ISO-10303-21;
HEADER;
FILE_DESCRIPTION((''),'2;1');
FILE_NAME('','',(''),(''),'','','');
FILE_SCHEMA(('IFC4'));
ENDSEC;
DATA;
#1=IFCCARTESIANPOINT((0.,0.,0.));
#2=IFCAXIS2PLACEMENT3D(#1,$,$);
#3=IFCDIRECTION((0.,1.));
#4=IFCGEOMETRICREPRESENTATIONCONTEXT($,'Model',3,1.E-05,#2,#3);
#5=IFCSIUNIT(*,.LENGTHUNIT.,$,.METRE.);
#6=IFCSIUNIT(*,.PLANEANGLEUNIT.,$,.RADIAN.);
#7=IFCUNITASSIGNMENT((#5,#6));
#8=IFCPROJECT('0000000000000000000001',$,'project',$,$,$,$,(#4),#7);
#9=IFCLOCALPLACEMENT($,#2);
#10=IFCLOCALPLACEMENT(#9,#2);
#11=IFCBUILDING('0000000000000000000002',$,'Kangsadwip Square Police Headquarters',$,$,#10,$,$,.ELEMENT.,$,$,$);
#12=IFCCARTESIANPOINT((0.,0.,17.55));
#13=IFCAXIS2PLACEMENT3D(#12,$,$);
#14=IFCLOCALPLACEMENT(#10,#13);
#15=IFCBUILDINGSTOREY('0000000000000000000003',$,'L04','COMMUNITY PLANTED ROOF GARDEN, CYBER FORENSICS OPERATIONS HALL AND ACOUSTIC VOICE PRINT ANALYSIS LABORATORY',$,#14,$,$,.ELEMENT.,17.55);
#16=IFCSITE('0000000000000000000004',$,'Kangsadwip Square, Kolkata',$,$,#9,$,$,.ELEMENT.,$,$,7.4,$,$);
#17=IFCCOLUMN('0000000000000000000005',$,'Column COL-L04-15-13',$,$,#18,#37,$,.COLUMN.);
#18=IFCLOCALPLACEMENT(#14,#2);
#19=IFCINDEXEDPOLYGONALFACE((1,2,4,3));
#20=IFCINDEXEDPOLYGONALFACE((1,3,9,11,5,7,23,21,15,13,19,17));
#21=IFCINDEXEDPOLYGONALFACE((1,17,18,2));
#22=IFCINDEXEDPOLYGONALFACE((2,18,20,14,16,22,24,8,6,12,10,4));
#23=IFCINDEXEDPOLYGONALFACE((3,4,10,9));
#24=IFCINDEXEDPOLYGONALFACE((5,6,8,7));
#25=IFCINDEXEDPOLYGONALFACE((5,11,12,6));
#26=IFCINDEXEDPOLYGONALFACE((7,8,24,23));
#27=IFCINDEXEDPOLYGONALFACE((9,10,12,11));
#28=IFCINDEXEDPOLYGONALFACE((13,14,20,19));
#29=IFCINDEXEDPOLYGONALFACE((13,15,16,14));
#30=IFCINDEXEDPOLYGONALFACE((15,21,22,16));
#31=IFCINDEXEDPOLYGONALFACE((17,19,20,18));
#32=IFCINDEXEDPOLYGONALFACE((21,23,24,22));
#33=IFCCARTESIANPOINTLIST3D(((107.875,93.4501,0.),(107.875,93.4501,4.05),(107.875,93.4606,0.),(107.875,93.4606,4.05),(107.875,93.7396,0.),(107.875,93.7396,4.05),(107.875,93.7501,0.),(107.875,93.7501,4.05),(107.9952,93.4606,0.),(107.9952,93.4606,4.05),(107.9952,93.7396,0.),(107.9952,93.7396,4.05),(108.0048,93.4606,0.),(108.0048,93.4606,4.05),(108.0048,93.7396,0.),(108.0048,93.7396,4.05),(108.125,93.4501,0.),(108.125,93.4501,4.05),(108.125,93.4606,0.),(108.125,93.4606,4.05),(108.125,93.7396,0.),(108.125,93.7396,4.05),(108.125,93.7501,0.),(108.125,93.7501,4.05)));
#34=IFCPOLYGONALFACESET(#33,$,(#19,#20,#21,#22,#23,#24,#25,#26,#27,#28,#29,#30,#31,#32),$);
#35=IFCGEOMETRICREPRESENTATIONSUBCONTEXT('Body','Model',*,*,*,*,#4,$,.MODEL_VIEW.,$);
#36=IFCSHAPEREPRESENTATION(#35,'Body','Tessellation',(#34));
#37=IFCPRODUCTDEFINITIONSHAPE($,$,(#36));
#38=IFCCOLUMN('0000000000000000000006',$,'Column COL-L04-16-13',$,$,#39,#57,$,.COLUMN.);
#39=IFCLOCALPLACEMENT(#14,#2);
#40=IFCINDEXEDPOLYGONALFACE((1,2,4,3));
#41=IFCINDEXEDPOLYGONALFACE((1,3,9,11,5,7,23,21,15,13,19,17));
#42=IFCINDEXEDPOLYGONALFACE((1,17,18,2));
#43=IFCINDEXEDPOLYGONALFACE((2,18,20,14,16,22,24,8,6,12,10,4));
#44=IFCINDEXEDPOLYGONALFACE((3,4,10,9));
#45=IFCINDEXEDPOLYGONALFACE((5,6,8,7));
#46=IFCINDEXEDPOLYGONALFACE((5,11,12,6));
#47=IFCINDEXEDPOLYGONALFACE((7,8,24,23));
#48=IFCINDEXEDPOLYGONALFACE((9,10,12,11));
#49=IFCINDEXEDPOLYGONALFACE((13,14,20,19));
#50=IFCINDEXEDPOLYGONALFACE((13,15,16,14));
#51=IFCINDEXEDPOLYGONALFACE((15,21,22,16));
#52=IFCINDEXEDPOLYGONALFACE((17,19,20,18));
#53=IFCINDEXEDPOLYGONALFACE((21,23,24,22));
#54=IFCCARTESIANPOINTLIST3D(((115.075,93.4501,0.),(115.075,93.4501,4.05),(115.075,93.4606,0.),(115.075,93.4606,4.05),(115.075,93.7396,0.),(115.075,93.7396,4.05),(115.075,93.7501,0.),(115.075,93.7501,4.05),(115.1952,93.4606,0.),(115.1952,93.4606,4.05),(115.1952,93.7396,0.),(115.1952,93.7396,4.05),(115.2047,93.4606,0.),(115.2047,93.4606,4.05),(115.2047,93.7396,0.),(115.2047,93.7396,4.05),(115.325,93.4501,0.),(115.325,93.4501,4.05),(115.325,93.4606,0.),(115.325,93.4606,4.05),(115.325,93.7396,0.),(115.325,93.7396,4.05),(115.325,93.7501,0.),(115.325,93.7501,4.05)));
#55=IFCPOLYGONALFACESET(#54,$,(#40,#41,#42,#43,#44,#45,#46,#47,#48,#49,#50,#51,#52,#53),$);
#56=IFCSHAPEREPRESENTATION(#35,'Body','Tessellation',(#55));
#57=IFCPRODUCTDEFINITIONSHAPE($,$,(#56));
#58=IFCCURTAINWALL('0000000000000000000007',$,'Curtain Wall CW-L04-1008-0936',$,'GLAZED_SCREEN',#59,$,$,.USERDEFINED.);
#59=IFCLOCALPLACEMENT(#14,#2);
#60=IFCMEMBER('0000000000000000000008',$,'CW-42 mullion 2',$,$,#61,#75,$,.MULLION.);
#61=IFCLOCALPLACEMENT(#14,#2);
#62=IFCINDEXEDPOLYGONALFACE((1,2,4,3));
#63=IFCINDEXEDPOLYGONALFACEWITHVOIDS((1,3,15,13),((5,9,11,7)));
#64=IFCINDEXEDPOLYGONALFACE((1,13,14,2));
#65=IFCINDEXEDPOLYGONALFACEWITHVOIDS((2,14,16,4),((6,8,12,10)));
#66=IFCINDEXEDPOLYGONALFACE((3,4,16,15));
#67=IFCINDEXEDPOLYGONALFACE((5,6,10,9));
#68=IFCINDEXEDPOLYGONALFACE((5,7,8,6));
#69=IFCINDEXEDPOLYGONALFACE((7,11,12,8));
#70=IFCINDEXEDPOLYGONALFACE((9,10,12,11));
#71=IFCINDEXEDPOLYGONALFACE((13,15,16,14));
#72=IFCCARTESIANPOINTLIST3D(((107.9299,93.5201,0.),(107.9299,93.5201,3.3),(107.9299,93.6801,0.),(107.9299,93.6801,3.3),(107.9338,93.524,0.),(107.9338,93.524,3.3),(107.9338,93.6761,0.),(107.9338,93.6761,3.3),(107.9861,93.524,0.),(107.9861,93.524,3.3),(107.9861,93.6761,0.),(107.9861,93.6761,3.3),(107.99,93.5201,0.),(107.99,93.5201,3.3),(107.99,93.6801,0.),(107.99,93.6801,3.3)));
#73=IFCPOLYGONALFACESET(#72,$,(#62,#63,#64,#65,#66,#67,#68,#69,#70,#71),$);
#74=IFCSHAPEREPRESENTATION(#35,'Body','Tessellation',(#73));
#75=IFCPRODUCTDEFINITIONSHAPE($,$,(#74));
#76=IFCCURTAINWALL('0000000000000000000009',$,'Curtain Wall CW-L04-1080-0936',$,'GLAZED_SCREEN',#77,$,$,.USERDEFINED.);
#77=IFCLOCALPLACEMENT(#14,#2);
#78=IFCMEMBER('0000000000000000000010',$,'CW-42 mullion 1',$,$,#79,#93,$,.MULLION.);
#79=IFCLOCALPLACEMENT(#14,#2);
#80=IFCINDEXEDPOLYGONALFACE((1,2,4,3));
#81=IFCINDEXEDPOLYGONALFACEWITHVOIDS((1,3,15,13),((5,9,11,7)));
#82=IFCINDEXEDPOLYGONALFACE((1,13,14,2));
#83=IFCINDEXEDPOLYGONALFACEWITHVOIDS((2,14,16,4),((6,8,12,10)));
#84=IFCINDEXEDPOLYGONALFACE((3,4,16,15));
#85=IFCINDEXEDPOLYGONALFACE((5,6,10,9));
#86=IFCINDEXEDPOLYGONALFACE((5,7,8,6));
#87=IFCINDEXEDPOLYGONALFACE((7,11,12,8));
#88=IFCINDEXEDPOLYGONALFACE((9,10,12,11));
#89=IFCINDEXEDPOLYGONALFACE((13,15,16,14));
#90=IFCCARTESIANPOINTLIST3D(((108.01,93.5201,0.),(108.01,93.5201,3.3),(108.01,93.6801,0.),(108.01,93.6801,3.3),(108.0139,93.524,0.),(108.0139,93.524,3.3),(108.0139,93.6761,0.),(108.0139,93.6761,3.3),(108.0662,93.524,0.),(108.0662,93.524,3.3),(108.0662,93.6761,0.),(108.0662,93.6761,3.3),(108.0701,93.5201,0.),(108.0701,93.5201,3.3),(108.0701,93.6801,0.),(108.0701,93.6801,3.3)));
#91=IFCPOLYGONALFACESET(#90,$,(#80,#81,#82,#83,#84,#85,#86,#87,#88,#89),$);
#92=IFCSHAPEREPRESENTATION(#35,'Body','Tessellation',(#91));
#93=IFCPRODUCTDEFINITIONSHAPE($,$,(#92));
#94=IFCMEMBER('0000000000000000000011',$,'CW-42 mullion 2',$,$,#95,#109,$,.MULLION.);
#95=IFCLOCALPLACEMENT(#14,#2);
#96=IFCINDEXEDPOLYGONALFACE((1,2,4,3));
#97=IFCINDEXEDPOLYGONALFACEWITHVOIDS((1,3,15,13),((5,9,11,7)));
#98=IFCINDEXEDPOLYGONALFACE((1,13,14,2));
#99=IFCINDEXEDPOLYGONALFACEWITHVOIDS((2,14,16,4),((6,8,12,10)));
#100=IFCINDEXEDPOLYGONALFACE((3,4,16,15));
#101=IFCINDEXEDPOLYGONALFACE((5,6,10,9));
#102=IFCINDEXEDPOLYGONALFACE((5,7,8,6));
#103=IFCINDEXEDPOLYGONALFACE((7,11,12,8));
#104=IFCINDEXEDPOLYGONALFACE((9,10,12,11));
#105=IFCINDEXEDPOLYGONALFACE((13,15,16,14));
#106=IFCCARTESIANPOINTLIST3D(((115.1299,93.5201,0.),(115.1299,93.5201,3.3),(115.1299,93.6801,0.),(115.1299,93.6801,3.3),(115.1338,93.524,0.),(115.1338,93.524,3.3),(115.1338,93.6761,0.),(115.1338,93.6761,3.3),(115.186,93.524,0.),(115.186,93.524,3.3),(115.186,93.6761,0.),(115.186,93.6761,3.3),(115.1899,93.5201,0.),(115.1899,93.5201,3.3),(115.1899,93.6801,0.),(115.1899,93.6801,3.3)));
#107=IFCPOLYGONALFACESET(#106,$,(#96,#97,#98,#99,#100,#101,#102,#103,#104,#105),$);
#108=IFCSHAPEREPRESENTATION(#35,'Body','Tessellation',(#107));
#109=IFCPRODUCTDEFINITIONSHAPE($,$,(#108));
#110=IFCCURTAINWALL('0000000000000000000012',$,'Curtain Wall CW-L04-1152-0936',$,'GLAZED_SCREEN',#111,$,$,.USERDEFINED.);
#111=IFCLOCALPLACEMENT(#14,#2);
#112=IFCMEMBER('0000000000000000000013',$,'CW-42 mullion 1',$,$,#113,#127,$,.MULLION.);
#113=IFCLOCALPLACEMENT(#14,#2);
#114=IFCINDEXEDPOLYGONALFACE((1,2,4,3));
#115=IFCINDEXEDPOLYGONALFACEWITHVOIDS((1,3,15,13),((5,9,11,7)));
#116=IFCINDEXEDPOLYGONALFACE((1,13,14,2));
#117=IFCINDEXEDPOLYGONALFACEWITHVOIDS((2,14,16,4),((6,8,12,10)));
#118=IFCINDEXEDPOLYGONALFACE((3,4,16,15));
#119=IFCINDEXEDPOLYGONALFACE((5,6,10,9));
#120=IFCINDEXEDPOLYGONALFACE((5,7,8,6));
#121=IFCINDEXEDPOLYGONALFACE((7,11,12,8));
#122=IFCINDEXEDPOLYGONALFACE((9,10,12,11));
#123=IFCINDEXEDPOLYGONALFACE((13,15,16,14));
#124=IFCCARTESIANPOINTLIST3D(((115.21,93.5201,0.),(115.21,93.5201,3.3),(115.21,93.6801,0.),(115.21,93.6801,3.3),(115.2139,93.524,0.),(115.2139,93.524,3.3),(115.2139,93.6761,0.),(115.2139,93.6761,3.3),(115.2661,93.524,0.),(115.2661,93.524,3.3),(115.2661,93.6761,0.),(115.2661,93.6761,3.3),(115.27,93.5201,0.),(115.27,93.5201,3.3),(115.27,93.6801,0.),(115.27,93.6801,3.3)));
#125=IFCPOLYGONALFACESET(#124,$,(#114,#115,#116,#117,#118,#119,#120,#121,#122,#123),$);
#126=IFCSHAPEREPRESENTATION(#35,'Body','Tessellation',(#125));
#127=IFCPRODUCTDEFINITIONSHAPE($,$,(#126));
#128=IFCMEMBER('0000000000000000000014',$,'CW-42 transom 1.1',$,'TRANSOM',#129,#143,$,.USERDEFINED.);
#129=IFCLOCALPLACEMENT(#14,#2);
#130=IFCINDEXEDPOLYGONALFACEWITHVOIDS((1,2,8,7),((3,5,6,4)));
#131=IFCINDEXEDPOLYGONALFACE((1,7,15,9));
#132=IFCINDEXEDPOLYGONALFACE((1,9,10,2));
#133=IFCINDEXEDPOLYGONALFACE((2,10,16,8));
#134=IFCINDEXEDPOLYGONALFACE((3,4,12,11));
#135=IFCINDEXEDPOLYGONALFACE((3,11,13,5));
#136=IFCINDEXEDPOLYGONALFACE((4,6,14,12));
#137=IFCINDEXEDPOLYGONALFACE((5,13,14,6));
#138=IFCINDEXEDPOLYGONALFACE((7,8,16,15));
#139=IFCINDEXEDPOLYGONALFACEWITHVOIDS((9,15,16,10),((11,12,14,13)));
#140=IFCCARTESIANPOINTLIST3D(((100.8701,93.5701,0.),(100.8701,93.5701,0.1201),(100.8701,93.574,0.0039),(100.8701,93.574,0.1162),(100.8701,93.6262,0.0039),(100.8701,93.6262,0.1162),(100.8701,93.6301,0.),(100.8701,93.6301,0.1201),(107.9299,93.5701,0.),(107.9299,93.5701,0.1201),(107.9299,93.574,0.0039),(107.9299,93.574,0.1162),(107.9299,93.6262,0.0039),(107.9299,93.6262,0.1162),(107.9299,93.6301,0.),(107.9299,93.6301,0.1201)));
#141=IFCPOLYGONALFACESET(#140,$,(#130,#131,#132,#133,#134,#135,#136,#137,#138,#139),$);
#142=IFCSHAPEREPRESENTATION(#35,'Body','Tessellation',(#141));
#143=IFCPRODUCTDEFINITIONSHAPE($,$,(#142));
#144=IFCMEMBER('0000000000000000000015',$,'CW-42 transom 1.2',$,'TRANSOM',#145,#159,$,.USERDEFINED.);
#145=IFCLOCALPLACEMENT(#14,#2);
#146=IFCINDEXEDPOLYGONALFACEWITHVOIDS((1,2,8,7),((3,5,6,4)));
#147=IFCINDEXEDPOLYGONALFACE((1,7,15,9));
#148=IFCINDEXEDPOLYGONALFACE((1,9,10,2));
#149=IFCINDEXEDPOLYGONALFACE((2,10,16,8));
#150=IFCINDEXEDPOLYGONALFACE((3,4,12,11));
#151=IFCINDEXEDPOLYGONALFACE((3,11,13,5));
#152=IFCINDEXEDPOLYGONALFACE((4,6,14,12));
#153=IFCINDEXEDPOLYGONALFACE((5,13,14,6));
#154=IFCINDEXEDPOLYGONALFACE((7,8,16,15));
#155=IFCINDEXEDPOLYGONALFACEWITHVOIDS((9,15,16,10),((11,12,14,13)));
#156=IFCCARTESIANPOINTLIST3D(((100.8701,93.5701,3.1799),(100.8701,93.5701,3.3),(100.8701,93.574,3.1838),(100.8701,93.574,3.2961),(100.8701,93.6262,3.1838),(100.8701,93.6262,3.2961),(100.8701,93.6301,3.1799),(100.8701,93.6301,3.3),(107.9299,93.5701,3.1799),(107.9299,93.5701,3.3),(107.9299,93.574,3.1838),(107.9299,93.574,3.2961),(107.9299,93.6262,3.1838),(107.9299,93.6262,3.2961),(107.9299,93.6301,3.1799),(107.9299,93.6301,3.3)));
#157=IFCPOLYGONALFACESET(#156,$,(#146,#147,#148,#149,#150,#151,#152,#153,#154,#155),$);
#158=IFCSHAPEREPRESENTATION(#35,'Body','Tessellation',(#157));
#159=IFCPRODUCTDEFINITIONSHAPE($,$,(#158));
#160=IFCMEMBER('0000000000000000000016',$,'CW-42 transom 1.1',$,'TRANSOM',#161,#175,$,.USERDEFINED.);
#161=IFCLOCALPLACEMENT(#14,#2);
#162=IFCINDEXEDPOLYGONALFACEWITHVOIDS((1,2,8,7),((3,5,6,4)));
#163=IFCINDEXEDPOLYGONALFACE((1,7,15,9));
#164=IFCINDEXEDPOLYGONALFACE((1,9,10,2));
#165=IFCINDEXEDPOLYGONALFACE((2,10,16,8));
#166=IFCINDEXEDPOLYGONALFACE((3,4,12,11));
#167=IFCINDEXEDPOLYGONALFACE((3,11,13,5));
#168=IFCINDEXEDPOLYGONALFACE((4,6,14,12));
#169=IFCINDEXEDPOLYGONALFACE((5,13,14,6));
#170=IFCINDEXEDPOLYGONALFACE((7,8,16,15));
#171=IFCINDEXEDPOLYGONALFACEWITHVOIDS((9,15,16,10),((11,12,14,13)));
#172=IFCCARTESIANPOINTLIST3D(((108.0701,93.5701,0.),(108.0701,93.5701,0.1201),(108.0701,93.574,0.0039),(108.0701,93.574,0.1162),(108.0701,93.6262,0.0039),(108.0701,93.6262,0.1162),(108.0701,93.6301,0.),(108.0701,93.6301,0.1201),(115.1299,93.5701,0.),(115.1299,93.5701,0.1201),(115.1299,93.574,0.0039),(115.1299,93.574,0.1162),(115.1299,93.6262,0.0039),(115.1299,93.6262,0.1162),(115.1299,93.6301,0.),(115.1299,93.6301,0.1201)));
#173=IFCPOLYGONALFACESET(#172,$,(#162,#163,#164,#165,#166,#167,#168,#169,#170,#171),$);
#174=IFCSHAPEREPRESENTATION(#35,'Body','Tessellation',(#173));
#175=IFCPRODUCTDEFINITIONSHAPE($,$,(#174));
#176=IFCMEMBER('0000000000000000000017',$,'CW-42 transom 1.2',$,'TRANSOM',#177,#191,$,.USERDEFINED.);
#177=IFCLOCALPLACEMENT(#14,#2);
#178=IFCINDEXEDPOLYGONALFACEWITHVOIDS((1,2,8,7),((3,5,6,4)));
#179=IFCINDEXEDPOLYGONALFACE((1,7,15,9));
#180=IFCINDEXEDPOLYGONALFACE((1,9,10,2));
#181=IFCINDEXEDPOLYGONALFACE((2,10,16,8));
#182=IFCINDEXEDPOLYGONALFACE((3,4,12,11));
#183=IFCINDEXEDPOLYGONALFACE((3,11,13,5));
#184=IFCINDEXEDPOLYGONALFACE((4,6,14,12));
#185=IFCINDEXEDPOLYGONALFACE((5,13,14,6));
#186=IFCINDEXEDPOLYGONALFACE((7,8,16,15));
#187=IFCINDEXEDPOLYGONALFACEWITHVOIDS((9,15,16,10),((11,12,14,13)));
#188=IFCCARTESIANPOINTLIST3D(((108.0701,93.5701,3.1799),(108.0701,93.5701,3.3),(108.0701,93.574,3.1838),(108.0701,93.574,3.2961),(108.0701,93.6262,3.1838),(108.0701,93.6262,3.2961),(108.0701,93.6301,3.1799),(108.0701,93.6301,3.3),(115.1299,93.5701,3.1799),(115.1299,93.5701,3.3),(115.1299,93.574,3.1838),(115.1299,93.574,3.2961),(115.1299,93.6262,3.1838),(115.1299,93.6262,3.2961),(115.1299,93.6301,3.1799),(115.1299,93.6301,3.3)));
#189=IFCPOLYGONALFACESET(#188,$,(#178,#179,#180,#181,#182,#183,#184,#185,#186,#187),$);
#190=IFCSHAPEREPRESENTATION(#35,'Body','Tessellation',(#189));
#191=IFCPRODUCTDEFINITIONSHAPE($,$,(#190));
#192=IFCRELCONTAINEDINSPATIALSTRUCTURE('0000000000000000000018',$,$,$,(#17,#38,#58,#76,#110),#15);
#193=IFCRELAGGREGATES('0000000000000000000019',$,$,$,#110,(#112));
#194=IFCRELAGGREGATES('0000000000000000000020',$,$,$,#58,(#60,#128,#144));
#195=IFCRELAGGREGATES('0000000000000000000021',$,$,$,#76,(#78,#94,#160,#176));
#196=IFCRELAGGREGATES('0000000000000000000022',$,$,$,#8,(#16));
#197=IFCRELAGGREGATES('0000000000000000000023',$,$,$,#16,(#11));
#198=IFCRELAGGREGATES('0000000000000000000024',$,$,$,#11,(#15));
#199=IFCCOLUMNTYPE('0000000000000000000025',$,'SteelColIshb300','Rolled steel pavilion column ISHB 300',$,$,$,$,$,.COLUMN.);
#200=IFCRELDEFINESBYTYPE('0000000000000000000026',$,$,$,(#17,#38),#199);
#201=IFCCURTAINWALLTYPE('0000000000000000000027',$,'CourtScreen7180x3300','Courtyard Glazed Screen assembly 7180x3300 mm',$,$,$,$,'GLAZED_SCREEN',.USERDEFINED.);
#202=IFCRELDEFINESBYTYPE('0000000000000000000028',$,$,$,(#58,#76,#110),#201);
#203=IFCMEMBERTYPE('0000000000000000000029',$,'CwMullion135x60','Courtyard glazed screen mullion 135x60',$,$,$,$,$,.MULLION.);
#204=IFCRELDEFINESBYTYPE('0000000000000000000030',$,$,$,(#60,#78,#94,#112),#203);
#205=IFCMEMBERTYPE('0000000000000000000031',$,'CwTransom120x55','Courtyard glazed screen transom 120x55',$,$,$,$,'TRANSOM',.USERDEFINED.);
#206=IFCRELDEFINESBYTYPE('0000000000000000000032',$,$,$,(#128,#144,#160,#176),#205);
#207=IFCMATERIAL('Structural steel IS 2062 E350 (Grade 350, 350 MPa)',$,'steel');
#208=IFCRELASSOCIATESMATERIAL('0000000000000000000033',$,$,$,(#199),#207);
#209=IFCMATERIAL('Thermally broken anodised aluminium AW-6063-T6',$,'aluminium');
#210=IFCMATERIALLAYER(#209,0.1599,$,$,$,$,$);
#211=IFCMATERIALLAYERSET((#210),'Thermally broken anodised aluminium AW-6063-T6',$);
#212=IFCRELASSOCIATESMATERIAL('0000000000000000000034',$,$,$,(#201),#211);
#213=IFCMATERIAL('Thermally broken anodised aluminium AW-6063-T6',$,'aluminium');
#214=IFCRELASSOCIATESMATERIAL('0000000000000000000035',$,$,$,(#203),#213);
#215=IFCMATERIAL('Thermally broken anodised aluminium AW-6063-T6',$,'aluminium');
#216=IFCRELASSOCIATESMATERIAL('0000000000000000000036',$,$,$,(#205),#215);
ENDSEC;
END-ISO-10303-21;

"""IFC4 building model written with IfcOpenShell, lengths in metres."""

from ifc_helpers import new_model, si_unit, direction, frame, origin, origin_2d, place, context, subcontext, project, spatial, hollow_rectangle, i_section, extrude, material, layer, layer_set, material_profile, profile_set, type_object, element, aggregate, save


model = new_model("IFC4")

# Units and contexts
model_context = context("Model", 3, precision=1e-05, world=origin(), true_north=direction((0.0, 1.0)))
body_context = subcontext(model_context, "Body", "Model", "MODEL_VIEW")
ifc_project = project(units=[si_unit("LENGTHUNIT", "METRE"), si_unit("PLANEANGLEUNIT", "RADIAN")], contexts=[model_context])

# Site, building, storey
site_placement = place(None, origin())
site = spatial("IfcSite", under=ifc_project, at=site_placement, Name="Kangsadwip Square, Kolkata", CompositionType="ELEMENT", RefElevation=7.4)
building_placement = place(site_placement, origin())
building = spatial("IfcBuilding", under=site, at=building_placement, Name="Kangsadwip Square Police Headquarters", CompositionType="ELEMENT")
storey_placement = place(building_placement, frame((0.0, 0.0, 17.55)))
storey = spatial("IfcBuildingStorey", under=building, at=storey_placement, Name="L04", Description="COMMUNITY PLANTED ROOF GARDEN, CYBER FORENSICS OPERATIONS HALL AND ACOUSTIC VOICE PRINT ANALYSIS LABORATORY", CompositionType="ELEMENT", Elevation=17.55)

# Columns
ifc_material_1 = material(Name="Structural steel IS 2062 E350 (Grade 350, 350 MPa)", Category="steel")
ifc_material_profile_1 = material_profile(ifc_material_1, i_section(OverallWidth=0.25, OverallDepth=0.3, WebThickness=0.0095, FlangeThickness=0.0105, at=origin_2d()), Name="ISHB 300")
ifc_profile_set_1 = profile_set([ifc_material_profile_1], Name="Structural steel IS 2062 E350 (Grade 350, 350 MPa)")
column_type = type_object("IfcColumnType", Name="SteelColIshb300", Description="Rolled steel pavilion column ISHB 300", PredefinedType="COLUMN", material=ifc_profile_set_1)
for number, where, z_axis, x_axis, name in (
    (1, (108.0, 93.6001, 0.0), (0.0, 0.0, 1.0), (1.0, 0.0, 0.0), "Column COL-L04-15-13"),
    (2, (115.2, 93.6001, 0.0), (0.0, 0.0, 1.0), (1.0, 0.0, 0.0), "Column COL-L04-16-13"),
):
    element("IfcColumn", number, at=place(storey_placement, frame(where, z_axis=z_axis, x_axis=x_axis)), inside=storey, type_object=column_type, Name=name, PredefinedType="COLUMN", context=body_context, shape_type="SweptSolid", body=[
        extrude(i_section(OverallWidth=0.25, OverallDepth=0.3, WebThickness=0.0095, FlangeThickness=0.0105, at=origin_2d()), origin(), (0.0, 0.0, 1.0), 4.05),
    ])

# Curtain wall, member
ifc_material_2 = material(Name="Thermally broken anodised aluminium AW-6063-T6", Category="aluminium")
ifc_layer_1 = layer(ifc_material_2, 0.1599)
ifc_layer_set_1 = layer_set([ifc_layer_1], Name="Thermally broken anodised aluminium AW-6063-T6")
curtain_wall_type = type_object("IfcCurtainWallType", Name="CourtScreen7180x3300", Description="Courtyard Glazed Screen assembly 7180x3300 mm", ElementType="GLAZED_SCREEN", PredefinedType="USERDEFINED", material=ifc_layer_set_1)
curtain_wall_1_placement = place(storey_placement, origin())
curtain_wall_1 = element("IfcCurtainWall", 3, at=curtain_wall_1_placement, inside=storey, type_object=curtain_wall_type, Name="Curtain Wall CW-L04-1008-0936", ObjectType="GLAZED_SCREEN", PredefinedType="USERDEFINED")
ifc_material_3 = material(Name="Thermally broken anodised aluminium AW-6063-T6", Category="aluminium")
ifc_material_profile_2 = material_profile(ifc_material_3, hollow_rectangle(XDim=0.0601, YDim=0.1599, WallThickness=0.0039, at=origin_2d()), Name="CWM 160X60X4")
ifc_profile_set_2 = profile_set([ifc_material_profile_2], Name="Thermally broken anodised aluminium AW-6063-T6")
member_type_1 = type_object("IfcMemberType", Name="CwMullion135x60", Description="Courtyard glazed screen mullion 135x60", PredefinedType="MULLION", material=ifc_profile_set_2)
member_1_placement = place(storey_placement, frame((107.96, 93.6001, 0.0), z_axis=(0.0, 0.0, 1.0), x_axis=(1.0, 0.0, 0.0)))
member_1 = element("IfcMember", 4, at=member_1_placement, type_object=member_type_1, Name="CW-42 mullion 2", PredefinedType="MULLION", context=body_context, shape_type="SweptSolid", body=[
    extrude(hollow_rectangle(XDim=0.0601, YDim=0.1599, WallThickness=0.0039, at=origin_2d()), origin(), (0.0, 0.0, 1.0), 3.3),
])

# Curtain wall, members
curtain_wall_2_placement = place(storey_placement, origin())
curtain_wall_2 = element("IfcCurtainWall", 5, at=curtain_wall_2_placement, inside=storey, type_object=curtain_wall_type, Name="Curtain Wall CW-L04-1080-0936", ObjectType="GLAZED_SCREEN", PredefinedType="USERDEFINED")
member_2_placement = place(storey_placement, frame((108.04, 93.6001, 0.0), z_axis=(0.0, 0.0, 1.0), x_axis=(1.0, 0.0, 0.0)))
member_2 = element("IfcMember", 6, at=member_2_placement, type_object=member_type_1, Name="CW-42 mullion 1", PredefinedType="MULLION", context=body_context, shape_type="SweptSolid", body=[
    extrude(hollow_rectangle(XDim=0.0601, YDim=0.1599, WallThickness=0.0039, at=origin_2d()), origin(), (0.0, 0.0, 1.0), 3.3),
])
member_3_placement = place(storey_placement, frame((115.1599, 93.6001, 0.0), z_axis=(0.0, 0.0, 1.0), x_axis=(1.0, 0.0, 0.0)))
member_3 = element("IfcMember", 7, at=member_3_placement, type_object=member_type_1, Name="CW-42 mullion 2", PredefinedType="MULLION", context=body_context, shape_type="SweptSolid", body=[
    extrude(hollow_rectangle(XDim=0.0601, YDim=0.1599, WallThickness=0.0039, at=origin_2d()), origin(), (0.0, 0.0, 1.0), 3.3),
])

# Curtain wall, member
curtain_wall_3_placement = place(storey_placement, origin())
curtain_wall_3 = element("IfcCurtainWall", 8, at=curtain_wall_3_placement, inside=storey, type_object=curtain_wall_type, Name="Curtain Wall CW-L04-1152-0936", ObjectType="GLAZED_SCREEN", PredefinedType="USERDEFINED")
member_4_placement = place(storey_placement, frame((115.24, 93.6001, 0.0), z_axis=(0.0, 0.0, 1.0), x_axis=(1.0, 0.0, 0.0)))
member_4 = element("IfcMember", 9, at=member_4_placement, type_object=member_type_1, Name="CW-42 mullion 1", PredefinedType="MULLION", context=body_context, shape_type="SweptSolid", body=[
    extrude(hollow_rectangle(XDim=0.0601, YDim=0.1599, WallThickness=0.0039, at=origin_2d()), origin(), (0.0, 0.0, 1.0), 3.3),
])
aggregate(curtain_wall_3, [member_4])

# Members
ifc_material_4 = material(Name="Thermally broken anodised aluminium AW-6063-T6", Category="aluminium")
ifc_material_profile_3 = material_profile(ifc_material_4, hollow_rectangle(XDim=0.0601, YDim=0.1201, WallThickness=0.0039, at=origin_2d()), Name="CWT 120X60X4")
ifc_profile_set_3 = profile_set([ifc_material_profile_3], Name="Thermally broken anodised aluminium AW-6063-T6")
member_type_2 = type_object("IfcMemberType", Name="CwTransom120x55", Description="Courtyard glazed screen transom 120x55", ElementType="TRANSOM", PredefinedType="USERDEFINED", material=ifc_profile_set_3)
member_5_placement = place(storey_placement, frame((100.8701, 93.6001, 0.0601), z_axis=(1.0, 0.0, 0.0), x_axis=(0.0, 1.0, 0.0)))
member_5 = element("IfcMember", 10, at=member_5_placement, type_object=member_type_2, Name="CW-42 transom 1.1", ObjectType="TRANSOM", PredefinedType="USERDEFINED", context=body_context, shape_type="SweptSolid", body=[
    extrude(hollow_rectangle(XDim=0.0601, YDim=0.1201, WallThickness=0.0039, at=origin_2d()), origin(), (0.0, 0.0, 1.0), 7.0598),
])
member_6_placement = place(storey_placement, frame((100.8701, 93.6001, 3.24), z_axis=(1.0, 0.0, 0.0), x_axis=(0.0, 1.0, 0.0)))
member_6 = element("IfcMember", 11, at=member_6_placement, type_object=member_type_2, Name="CW-42 transom 1.2", ObjectType="TRANSOM", PredefinedType="USERDEFINED", context=body_context, shape_type="SweptSolid", body=[
    extrude(hollow_rectangle(XDim=0.0601, YDim=0.1201, WallThickness=0.0039, at=origin_2d()), origin(), (0.0, 0.0, 1.0), 7.0598),
])
member_7_placement = place(storey_placement, frame((108.0701, 93.6001, 0.0601), z_axis=(1.0, 0.0, 0.0), x_axis=(0.0, 1.0, 0.0)))
member_7 = element("IfcMember", 12, at=member_7_placement, type_object=member_type_2, Name="CW-42 transom 1.1", ObjectType="TRANSOM", PredefinedType="USERDEFINED", context=body_context, shape_type="SweptSolid", body=[
    extrude(hollow_rectangle(XDim=0.0601, YDim=0.1201, WallThickness=0.0039, at=origin_2d()), origin(), (0.0, 0.0, 1.0), 7.0598),
])
member_8_placement = place(storey_placement, frame((108.0701, 93.6001, 3.24), z_axis=(1.0, 0.0, 0.0), x_axis=(0.0, 1.0, 0.0)))
member_8 = element("IfcMember", 13, at=member_8_placement, type_object=member_type_2, Name="CW-42 transom 1.2", ObjectType="TRANSOM", PredefinedType="USERDEFINED", context=body_context, shape_type="SweptSolid", body=[
    extrude(hollow_rectangle(XDim=0.0601, YDim=0.1201, WallThickness=0.0039, at=origin_2d()), origin(), (0.0, 0.0, 1.0), 7.0598),
])

aggregate(curtain_wall_1, [member_1, member_5, member_6])
aggregate(curtain_wall_2, [member_2, member_3, member_7, member_8])

save(model, "model.ifc")
